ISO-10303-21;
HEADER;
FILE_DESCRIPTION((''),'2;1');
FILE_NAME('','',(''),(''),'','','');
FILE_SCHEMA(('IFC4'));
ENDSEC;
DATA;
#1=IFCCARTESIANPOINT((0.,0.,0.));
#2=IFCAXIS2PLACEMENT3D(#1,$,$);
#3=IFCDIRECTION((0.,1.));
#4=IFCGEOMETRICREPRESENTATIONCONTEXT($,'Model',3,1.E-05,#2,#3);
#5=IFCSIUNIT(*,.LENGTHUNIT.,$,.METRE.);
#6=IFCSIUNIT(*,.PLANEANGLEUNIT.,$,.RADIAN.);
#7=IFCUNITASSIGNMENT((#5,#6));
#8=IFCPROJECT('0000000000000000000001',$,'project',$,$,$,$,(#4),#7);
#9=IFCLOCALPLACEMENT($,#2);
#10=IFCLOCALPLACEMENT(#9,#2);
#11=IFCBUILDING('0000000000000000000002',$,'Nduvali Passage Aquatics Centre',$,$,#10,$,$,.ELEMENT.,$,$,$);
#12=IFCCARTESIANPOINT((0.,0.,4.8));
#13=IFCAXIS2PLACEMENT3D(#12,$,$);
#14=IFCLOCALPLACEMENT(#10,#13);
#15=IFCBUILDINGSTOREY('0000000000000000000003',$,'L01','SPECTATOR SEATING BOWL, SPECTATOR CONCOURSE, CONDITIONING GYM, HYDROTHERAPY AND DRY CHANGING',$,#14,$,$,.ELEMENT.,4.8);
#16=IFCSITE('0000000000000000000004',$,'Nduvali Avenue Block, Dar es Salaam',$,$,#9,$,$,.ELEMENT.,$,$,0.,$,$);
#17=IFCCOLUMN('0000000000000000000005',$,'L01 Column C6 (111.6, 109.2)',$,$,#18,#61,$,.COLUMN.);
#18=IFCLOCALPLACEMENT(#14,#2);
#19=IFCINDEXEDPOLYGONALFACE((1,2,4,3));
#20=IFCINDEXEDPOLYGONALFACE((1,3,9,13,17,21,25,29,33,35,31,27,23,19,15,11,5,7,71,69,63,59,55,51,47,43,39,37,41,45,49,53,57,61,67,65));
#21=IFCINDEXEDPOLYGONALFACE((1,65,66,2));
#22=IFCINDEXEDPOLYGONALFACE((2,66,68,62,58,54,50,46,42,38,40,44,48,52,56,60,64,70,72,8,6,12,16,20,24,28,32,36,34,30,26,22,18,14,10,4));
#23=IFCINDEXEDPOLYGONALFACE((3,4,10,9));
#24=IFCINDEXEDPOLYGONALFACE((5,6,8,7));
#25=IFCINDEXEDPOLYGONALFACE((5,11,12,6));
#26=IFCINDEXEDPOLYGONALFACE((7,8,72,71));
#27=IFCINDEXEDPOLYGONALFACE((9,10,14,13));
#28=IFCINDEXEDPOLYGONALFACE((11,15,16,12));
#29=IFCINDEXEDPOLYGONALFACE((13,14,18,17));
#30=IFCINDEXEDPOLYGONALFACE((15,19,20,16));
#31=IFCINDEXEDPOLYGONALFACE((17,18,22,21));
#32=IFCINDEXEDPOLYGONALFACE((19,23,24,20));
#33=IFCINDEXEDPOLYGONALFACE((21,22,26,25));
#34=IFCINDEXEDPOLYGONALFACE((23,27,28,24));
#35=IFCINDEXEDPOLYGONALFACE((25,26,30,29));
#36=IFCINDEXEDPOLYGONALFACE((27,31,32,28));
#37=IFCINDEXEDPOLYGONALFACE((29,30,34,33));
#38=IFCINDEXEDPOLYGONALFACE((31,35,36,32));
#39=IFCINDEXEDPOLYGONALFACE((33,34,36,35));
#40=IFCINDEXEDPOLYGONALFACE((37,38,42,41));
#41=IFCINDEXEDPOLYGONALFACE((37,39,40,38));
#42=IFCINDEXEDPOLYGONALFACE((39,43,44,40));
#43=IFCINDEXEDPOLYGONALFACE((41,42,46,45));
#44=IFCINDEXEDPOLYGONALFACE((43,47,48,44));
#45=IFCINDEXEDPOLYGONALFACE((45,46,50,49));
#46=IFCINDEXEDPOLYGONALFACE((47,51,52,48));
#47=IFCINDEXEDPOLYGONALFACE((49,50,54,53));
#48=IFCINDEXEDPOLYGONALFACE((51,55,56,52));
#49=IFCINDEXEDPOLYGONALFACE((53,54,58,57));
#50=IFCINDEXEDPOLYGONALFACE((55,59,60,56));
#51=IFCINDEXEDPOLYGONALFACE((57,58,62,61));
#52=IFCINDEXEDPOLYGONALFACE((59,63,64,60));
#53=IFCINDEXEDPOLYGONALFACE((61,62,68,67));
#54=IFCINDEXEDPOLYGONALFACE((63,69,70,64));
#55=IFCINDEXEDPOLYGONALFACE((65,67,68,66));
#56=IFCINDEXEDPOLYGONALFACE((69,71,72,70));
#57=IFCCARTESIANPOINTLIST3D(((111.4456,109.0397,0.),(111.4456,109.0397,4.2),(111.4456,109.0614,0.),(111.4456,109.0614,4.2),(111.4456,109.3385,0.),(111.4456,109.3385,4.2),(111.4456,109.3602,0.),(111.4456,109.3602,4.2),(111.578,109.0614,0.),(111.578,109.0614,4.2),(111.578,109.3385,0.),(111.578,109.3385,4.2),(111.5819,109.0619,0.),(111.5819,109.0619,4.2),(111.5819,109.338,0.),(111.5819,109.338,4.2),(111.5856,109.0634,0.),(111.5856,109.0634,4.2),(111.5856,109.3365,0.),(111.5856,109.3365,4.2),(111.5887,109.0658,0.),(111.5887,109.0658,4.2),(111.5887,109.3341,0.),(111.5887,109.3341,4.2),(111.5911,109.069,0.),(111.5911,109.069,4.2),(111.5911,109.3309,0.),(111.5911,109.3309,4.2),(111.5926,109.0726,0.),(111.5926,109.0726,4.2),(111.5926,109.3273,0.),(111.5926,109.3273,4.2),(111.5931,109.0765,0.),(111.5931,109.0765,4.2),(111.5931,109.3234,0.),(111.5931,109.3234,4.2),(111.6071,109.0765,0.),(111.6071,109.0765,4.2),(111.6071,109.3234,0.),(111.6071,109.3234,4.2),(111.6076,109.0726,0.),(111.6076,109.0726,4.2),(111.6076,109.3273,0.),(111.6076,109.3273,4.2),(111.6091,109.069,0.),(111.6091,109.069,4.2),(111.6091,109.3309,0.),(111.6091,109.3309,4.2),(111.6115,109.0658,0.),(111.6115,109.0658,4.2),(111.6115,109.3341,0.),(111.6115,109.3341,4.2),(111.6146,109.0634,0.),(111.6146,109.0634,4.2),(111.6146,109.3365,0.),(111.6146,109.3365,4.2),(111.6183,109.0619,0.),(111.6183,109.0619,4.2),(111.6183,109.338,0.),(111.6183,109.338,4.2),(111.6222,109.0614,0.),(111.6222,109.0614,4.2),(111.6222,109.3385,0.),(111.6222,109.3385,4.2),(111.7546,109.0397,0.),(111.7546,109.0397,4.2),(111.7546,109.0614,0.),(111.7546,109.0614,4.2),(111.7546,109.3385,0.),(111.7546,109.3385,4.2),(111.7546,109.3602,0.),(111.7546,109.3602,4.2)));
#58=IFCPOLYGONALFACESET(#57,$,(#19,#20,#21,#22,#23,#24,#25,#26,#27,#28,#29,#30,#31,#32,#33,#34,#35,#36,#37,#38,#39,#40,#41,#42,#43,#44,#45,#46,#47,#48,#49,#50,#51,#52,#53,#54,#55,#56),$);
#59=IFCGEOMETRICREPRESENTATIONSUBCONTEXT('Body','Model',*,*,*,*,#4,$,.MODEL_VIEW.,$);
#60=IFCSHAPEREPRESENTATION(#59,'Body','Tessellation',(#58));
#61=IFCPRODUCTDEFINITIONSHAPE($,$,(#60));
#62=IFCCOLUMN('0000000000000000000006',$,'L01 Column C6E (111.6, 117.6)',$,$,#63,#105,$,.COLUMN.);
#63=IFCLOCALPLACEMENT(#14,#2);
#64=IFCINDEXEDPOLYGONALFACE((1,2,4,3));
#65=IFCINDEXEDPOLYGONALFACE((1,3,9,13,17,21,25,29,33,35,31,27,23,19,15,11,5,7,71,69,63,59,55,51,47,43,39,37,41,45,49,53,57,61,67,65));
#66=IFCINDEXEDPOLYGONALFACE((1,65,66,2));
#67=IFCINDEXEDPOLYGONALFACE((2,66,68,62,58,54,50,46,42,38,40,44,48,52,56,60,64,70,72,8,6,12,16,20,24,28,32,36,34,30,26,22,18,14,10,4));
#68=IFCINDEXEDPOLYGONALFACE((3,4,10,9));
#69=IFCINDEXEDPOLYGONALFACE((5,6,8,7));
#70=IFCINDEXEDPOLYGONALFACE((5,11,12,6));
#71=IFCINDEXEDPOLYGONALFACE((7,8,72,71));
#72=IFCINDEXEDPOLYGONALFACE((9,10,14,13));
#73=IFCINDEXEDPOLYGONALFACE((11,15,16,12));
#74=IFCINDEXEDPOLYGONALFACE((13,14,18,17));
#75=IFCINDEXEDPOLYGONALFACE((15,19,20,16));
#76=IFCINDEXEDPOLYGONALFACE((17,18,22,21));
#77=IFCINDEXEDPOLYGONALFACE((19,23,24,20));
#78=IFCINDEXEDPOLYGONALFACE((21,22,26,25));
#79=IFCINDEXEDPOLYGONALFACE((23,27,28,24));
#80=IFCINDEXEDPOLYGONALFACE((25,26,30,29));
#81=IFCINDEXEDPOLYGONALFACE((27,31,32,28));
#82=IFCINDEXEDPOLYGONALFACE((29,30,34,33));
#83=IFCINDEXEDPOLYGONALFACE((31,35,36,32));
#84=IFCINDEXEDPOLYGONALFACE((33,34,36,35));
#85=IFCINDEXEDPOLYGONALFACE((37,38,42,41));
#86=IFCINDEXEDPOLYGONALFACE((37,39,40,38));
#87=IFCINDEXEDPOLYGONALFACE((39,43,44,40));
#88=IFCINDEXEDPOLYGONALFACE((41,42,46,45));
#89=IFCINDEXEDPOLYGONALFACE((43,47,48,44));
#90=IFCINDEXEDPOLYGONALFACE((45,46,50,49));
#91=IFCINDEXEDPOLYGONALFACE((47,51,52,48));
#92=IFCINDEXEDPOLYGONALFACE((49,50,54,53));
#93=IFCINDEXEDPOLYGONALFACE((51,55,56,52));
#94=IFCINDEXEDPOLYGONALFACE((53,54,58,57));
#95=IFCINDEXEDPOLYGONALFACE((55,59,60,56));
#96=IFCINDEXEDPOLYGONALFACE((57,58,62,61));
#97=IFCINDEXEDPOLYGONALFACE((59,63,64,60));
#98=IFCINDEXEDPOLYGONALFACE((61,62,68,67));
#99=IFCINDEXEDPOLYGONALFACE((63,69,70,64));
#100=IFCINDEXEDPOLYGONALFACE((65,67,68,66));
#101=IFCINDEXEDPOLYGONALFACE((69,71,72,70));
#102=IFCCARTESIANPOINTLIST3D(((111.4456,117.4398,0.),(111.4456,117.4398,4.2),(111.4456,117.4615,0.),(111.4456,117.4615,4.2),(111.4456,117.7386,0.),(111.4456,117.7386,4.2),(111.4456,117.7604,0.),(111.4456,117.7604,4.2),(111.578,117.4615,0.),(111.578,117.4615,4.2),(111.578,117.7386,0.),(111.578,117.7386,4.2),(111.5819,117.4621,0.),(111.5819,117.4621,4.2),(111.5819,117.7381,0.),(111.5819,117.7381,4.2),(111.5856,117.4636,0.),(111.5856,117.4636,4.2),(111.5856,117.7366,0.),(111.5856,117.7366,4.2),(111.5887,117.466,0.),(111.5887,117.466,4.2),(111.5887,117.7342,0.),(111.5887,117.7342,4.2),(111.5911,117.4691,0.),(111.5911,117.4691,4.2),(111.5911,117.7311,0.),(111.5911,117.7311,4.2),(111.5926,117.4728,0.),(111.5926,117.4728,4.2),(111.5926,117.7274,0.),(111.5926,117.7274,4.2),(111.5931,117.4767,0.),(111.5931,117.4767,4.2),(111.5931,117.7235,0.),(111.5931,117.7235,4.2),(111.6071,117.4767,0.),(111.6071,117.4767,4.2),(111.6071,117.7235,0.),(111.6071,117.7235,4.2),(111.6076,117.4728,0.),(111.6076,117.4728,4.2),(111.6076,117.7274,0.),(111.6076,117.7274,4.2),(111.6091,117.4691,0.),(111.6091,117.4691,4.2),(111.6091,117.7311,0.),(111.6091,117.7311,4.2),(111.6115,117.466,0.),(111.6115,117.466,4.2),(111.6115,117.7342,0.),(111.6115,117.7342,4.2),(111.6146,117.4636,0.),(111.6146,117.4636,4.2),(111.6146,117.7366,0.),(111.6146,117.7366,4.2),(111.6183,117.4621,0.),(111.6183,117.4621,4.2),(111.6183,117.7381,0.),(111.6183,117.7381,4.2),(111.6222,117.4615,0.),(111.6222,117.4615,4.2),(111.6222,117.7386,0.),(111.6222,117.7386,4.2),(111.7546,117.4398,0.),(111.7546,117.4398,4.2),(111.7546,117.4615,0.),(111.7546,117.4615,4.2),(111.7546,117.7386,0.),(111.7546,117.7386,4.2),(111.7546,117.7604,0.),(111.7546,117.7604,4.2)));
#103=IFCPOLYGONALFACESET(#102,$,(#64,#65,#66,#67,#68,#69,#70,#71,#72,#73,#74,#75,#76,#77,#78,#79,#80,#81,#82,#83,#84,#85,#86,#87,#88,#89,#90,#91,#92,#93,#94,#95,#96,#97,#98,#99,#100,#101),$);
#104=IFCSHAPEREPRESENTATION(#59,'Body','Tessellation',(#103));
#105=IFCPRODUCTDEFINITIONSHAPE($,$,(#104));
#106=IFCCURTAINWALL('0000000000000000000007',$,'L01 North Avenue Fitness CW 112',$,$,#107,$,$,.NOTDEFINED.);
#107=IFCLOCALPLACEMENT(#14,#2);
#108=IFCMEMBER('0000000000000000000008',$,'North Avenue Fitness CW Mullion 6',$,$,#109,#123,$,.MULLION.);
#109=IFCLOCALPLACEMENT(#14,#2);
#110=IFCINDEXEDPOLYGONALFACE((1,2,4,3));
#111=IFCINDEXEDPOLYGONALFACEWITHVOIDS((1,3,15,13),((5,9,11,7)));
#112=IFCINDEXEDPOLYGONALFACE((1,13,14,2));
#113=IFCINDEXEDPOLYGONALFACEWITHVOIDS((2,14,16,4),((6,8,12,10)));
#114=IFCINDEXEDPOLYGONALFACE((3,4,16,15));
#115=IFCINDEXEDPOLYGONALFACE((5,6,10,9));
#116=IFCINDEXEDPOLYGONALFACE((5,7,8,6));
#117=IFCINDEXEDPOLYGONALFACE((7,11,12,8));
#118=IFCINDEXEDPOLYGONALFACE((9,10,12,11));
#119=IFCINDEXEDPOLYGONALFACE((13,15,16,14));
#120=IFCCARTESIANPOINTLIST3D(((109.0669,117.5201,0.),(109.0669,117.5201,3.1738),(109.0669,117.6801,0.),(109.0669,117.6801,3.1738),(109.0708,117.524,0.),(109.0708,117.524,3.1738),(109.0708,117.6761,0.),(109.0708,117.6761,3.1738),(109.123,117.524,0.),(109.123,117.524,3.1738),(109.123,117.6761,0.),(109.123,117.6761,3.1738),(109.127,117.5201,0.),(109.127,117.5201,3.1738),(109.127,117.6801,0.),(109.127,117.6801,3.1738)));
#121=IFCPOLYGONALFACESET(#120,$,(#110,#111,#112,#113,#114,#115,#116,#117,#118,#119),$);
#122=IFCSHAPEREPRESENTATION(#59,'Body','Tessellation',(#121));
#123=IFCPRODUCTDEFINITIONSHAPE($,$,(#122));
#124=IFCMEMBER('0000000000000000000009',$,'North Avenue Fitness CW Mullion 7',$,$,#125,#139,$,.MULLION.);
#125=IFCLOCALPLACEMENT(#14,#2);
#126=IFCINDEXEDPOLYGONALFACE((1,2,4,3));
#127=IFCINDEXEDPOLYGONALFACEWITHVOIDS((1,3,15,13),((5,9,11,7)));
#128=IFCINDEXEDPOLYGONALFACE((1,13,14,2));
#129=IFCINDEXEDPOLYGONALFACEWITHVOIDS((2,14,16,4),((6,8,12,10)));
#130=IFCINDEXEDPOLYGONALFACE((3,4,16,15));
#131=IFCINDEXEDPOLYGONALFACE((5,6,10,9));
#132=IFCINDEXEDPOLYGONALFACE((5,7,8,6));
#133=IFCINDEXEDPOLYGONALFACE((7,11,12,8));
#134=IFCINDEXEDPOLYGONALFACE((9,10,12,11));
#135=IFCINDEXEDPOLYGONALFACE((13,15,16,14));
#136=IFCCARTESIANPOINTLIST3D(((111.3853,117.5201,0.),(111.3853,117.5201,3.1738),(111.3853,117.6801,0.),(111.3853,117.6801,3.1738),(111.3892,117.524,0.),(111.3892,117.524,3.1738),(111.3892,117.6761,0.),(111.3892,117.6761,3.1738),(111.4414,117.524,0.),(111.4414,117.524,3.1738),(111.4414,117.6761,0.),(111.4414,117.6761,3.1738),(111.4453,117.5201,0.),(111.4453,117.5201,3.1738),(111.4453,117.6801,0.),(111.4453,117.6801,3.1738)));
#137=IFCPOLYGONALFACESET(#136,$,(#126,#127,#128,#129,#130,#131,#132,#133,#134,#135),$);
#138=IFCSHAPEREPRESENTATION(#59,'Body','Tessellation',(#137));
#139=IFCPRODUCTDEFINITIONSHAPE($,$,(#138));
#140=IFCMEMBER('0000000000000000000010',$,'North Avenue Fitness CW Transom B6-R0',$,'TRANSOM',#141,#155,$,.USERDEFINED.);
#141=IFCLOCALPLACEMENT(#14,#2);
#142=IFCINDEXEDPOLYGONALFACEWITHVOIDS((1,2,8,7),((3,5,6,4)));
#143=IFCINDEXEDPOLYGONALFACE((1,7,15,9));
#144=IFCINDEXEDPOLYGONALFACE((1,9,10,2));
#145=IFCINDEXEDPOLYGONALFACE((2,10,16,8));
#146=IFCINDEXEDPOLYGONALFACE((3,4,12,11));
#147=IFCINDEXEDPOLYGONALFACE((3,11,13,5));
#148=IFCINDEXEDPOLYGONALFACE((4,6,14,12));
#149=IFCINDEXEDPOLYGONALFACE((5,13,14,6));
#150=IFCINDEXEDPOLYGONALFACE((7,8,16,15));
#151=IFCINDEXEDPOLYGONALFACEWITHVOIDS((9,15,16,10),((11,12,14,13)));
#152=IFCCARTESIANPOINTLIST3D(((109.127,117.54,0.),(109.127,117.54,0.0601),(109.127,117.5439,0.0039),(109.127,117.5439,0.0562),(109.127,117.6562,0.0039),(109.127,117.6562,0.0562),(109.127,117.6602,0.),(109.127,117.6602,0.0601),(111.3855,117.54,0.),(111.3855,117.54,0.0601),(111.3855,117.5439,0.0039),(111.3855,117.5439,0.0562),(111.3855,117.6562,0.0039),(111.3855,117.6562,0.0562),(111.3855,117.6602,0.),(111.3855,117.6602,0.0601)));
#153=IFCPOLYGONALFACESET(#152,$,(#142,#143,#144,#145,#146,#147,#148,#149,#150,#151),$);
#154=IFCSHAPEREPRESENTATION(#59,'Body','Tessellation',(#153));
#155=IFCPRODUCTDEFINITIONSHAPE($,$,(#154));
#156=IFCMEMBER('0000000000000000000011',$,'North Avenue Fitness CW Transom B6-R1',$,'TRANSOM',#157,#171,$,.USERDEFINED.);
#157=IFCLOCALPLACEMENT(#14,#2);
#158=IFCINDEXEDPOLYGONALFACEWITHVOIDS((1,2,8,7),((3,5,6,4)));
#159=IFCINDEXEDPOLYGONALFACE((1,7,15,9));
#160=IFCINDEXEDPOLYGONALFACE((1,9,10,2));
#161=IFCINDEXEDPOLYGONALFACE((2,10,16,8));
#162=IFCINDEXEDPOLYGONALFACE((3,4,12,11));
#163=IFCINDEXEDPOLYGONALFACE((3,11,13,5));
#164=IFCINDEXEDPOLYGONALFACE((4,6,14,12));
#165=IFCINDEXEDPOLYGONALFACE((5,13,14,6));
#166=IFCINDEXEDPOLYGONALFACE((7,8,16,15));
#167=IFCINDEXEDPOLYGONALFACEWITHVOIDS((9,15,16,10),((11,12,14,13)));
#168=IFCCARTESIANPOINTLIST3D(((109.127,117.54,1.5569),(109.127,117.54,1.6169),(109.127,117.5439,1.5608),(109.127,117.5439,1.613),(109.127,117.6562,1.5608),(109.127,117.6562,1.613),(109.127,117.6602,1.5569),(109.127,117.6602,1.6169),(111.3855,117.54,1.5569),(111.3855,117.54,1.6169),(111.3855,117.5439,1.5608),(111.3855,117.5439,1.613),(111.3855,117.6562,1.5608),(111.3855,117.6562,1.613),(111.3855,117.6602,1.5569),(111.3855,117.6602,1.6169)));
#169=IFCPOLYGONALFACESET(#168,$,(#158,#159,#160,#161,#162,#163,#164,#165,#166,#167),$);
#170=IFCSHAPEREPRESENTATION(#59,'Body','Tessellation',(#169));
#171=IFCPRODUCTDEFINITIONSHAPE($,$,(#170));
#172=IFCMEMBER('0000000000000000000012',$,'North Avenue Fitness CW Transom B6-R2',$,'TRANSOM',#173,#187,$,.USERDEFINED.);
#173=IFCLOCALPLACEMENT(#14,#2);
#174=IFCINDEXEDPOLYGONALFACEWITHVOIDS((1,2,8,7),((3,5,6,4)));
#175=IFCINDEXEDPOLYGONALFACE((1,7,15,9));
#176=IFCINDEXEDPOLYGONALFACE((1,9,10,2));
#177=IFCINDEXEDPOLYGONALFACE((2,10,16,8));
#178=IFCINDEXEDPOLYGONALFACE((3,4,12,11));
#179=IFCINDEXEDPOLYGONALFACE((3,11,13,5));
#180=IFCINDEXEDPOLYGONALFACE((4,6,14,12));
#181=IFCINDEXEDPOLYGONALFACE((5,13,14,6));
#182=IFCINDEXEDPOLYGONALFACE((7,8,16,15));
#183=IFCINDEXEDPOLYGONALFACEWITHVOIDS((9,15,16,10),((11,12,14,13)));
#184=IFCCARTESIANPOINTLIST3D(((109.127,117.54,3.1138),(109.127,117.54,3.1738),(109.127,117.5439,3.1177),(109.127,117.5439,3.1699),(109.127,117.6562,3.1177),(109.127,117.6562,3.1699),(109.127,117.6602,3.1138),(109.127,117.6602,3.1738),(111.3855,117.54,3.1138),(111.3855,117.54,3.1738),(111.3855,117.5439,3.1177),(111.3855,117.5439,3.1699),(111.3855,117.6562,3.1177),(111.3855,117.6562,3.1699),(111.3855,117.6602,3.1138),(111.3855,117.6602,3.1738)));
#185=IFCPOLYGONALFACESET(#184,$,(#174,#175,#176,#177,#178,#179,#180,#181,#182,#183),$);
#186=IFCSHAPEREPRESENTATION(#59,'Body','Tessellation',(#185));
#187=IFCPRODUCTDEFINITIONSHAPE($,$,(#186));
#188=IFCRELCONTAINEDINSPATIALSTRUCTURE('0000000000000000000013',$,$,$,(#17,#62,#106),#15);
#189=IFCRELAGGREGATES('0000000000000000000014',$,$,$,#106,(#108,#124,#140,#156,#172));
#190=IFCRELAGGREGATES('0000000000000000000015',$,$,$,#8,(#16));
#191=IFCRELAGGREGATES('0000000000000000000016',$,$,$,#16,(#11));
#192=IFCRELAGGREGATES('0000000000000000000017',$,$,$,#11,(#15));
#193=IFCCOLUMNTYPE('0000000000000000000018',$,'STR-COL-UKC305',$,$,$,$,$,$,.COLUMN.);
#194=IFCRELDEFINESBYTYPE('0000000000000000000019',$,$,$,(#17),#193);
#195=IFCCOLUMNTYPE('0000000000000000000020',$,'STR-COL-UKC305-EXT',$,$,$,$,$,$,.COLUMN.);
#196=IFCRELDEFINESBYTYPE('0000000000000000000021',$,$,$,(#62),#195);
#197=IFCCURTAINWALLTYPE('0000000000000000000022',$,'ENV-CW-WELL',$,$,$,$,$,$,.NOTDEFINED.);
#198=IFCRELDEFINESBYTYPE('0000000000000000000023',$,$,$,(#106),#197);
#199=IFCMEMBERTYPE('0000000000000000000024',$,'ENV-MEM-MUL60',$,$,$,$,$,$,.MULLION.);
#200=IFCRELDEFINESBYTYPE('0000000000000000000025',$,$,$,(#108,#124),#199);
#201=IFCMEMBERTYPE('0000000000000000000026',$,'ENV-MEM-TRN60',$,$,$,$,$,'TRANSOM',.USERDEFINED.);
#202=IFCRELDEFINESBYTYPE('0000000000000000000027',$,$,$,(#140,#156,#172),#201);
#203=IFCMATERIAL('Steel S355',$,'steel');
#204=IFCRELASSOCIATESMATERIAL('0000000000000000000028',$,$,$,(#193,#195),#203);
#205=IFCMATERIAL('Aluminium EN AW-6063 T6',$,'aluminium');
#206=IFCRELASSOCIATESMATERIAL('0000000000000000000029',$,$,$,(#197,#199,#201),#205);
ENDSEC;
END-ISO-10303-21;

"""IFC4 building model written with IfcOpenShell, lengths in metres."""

from ifc_helpers import new_model, si_unit, direction, frame, origin, origin_2d, place, context, subcontext, project, spatial, hollow_rectangle, i_section, extrude, material, material_profile, profile_set, type_object, element, aggregate, save


model = new_model("IFC4")

# Units and contexts
model_context = context("Model", 3, precision=1e-05, world=origin(), true_north=direction((0.0, 1.0)))
body_context = subcontext(model_context, "Body", "Model", "MODEL_VIEW")
ifc_project = project(units=[si_unit("LENGTHUNIT", "METRE"), si_unit("PLANEANGLEUNIT", "RADIAN")], contexts=[model_context])

# Site, building, storey
site_placement = place(None, origin())
site = spatial("IfcSite", under=ifc_project, at=site_placement, Name="Nduvali Avenue Block, Dar es Salaam", CompositionType="ELEMENT", RefElevation=0.0)
building_placement = place(site_placement, origin())
building = spatial("IfcBuilding", under=site, at=building_placement, Name="Nduvali Passage Aquatics Centre", CompositionType="ELEMENT")
storey_placement = place(building_placement, frame((0.0, 0.0, 4.8)))
storey = spatial("IfcBuildingStorey", under=building, at=storey_placement, Name="L01", Description="SPECTATOR SEATING BOWL, SPECTATOR CONCOURSE, CONDITIONING GYM, HYDROTHERAPY AND DRY CHANGING", CompositionType="ELEMENT", Elevation=4.8)

# Columns
ifc_material_1 = material(Name="Steel S355", Category="steel")
ifc_material_profile_1 = material_profile(ifc_material_1, i_section(OverallWidth=0.3091, OverallDepth=0.3206, WebThickness=0.0139, FlangeThickness=0.0217, FilletRadius=0.0151, at=origin_2d()), Name="UKC 305x305x137")
ifc_profile_set_1 = profile_set([ifc_material_profile_1], Name="Steel S355")
column_type_1 = type_object("IfcColumnType", Name="STR-COL-UKC305", PredefinedType="COLUMN", material=ifc_profile_set_1)
column_1_placement = place(storey_placement, frame((111.6001, 109.2, 0.0), z_axis=(0.0, 0.0, 1.0), x_axis=(1.0, 0.0, 0.0)))
element("IfcColumn", 1, at=column_1_placement, inside=storey, type_object=column_type_1, Name="L01 Column C6 (111.6, 109.2)", PredefinedType="COLUMN", context=body_context, shape_type="SweptSolid", body=[
    extrude(i_section(OverallWidth=0.3091, OverallDepth=0.3206, WebThickness=0.0139, FlangeThickness=0.0217, FilletRadius=0.0151, at=origin_2d()), origin(), (0.0, 0.0, 1.0), 4.2),
])
ifc_material_profile_2 = material_profile(ifc_material_1, i_section(OverallWidth=0.3091, OverallDepth=0.3206, WebThickness=0.0139, FlangeThickness=0.0217, FilletRadius=0.0151, at=origin_2d()), Name="UKC 305x305x137")
ifc_profile_set_2 = profile_set([ifc_material_profile_2], Name="Steel S355")
column_type_2 = type_object("IfcColumnType", Name="STR-COL-UKC305-EXT", PredefinedType="COLUMN", material=ifc_profile_set_2)
column_2_placement = place(storey_placement, frame((111.6001, 117.6001, 0.0), z_axis=(0.0, 0.0, 1.0), x_axis=(1.0, 0.0, 0.0)))
element("IfcColumn", 2, at=column_2_placement, inside=storey, type_object=column_type_2, Name="L01 Column C6E (111.6, 117.6)", PredefinedType="COLUMN", context=body_context, shape_type="SweptSolid", body=[
    extrude(i_section(OverallWidth=0.3091, OverallDepth=0.3206, WebThickness=0.0139, FlangeThickness=0.0217, FilletRadius=0.0151, at=origin_2d()), origin(), (0.0, 0.0, 1.0), 4.2),
])

# Curtain wall, members
ifc_material_2 = material(Name="Aluminium EN AW-6063 T6", Category="aluminium")
curtain_wall_type = type_object("IfcCurtainWallType", Name="ENV-CW-WELL", PredefinedType="NOTDEFINED", material=ifc_material_2)
curtain_wall_placement = place(storey_placement, origin())
curtain_wall = element("IfcCurtainWall", 3, at=curtain_wall_placement, inside=storey, type_object=curtain_wall_type, Name="L01 North Avenue Fitness CW 112", PredefinedType="NOTDEFINED")
ifc_material_profile_3 = material_profile(ifc_material_2, hollow_rectangle(XDim=0.0601, YDim=0.1599, WallThickness=0.0039, at=origin_2d()), Name="ALU MULLION 60x160x4")
ifc_profile_set_3 = profile_set([ifc_material_profile_3], Name="Aluminium EN AW-6063 T6")
member_type_1 = type_object("IfcMemberType", Name="ENV-MEM-MUL60", PredefinedType="MULLION", material=ifc_profile_set_3)
member_1_placement = place(storey_placement, frame((109.0969, 117.6001, 0.0), z_axis=(0.0, 0.0, 1.0), x_axis=(1.0, 0.0, 0.0)))
member_1 = element("IfcMember", 4, at=member_1_placement, type_object=member_type_1, Name="North Avenue Fitness CW Mullion 6", PredefinedType="MULLION", context=body_context, shape_type="SweptSolid", body=[
    extrude(hollow_rectangle(XDim=0.0601, YDim=0.1599, WallThickness=0.0039, at=origin_2d()), origin(), (0.0, 0.0, 1.0), 3.1738),
])
member_2_placement = place(storey_placement, frame((111.4153, 117.6001, 0.0), z_axis=(0.0, 0.0, 1.0), x_axis=(1.0, 0.0, 0.0)))
member_2 = element("IfcMember", 5, at=member_2_placement, type_object=member_type_1, Name="North Avenue Fitness CW Mullion 7", PredefinedType="MULLION", context=body_context, shape_type="SweptSolid", body=[
    extrude(hollow_rectangle(XDim=0.0601, YDim=0.1599, WallThickness=0.0039, at=origin_2d()), origin(), (0.0, 0.0, 1.0), 3.1738),
])
ifc_material_profile_4 = material_profile(ifc_material_2, hollow_rectangle(XDim=0.1201, YDim=0.0601, WallThickness=0.0039, at=origin_2d()), Name="ALU TRANSOM 120x60x4")
ifc_profile_set_4 = profile_set([ifc_material_profile_4], Name="Aluminium EN AW-6063 T6")
member_type_2 = type_object("IfcMemberType", Name="ENV-MEM-TRN60", ElementType="TRANSOM", PredefinedType="USERDEFINED", material=ifc_profile_set_4)
member_3_placement = place(storey_placement, frame((109.127, 117.6001, 0.03), z_axis=(1.0, 0.0, 0.0), x_axis=(0.0, 1.0, 0.0)))
member_3 = element("IfcMember", 6, at=member_3_placement, type_object=member_type_2, Name="North Avenue Fitness CW Transom B6-R0", ObjectType="TRANSOM", PredefinedType="USERDEFINED", context=body_context, shape_type="SweptSolid", body=[
    extrude(hollow_rectangle(XDim=0.1201, YDim=0.0601, WallThickness=0.0039, at=origin_2d()), origin(), (0.0, 0.0, 1.0), 2.2585),
])
member_4_placement = place(storey_placement, frame((109.127, 117.6001, 1.5869), z_axis=(1.0, 0.0, 0.0), x_axis=(0.0, 1.0, 0.0)))
member_4 = element("IfcMember", 7, at=member_4_placement, type_object=member_type_2, Name="North Avenue Fitness CW Transom B6-R1", ObjectType="TRANSOM", PredefinedType="USERDEFINED", context=body_context, shape_type="SweptSolid", body=[
    extrude(hollow_rectangle(XDim=0.1201, YDim=0.0601, WallThickness=0.0039, at=origin_2d()), origin(), (0.0, 0.0, 1.0), 2.2585),
])
member_5_placement = place(storey_placement, frame((109.127, 117.6001, 3.1438), z_axis=(1.0, 0.0, 0.0), x_axis=(0.0, 1.0, 0.0)))
member_5 = element("IfcMember", 8, at=member_5_placement, type_object=member_type_2, Name="North Avenue Fitness CW Transom B6-R2", ObjectType="TRANSOM", PredefinedType="USERDEFINED", context=body_context, shape_type="SweptSolid", body=[
    extrude(hollow_rectangle(XDim=0.1201, YDim=0.0601, WallThickness=0.0039, at=origin_2d()), origin(), (0.0, 0.0, 1.0), 2.2585),
])

aggregate(curtain_wall, [member_1, member_2, member_3, member_4, member_5])

save(model, "model.ifc")
